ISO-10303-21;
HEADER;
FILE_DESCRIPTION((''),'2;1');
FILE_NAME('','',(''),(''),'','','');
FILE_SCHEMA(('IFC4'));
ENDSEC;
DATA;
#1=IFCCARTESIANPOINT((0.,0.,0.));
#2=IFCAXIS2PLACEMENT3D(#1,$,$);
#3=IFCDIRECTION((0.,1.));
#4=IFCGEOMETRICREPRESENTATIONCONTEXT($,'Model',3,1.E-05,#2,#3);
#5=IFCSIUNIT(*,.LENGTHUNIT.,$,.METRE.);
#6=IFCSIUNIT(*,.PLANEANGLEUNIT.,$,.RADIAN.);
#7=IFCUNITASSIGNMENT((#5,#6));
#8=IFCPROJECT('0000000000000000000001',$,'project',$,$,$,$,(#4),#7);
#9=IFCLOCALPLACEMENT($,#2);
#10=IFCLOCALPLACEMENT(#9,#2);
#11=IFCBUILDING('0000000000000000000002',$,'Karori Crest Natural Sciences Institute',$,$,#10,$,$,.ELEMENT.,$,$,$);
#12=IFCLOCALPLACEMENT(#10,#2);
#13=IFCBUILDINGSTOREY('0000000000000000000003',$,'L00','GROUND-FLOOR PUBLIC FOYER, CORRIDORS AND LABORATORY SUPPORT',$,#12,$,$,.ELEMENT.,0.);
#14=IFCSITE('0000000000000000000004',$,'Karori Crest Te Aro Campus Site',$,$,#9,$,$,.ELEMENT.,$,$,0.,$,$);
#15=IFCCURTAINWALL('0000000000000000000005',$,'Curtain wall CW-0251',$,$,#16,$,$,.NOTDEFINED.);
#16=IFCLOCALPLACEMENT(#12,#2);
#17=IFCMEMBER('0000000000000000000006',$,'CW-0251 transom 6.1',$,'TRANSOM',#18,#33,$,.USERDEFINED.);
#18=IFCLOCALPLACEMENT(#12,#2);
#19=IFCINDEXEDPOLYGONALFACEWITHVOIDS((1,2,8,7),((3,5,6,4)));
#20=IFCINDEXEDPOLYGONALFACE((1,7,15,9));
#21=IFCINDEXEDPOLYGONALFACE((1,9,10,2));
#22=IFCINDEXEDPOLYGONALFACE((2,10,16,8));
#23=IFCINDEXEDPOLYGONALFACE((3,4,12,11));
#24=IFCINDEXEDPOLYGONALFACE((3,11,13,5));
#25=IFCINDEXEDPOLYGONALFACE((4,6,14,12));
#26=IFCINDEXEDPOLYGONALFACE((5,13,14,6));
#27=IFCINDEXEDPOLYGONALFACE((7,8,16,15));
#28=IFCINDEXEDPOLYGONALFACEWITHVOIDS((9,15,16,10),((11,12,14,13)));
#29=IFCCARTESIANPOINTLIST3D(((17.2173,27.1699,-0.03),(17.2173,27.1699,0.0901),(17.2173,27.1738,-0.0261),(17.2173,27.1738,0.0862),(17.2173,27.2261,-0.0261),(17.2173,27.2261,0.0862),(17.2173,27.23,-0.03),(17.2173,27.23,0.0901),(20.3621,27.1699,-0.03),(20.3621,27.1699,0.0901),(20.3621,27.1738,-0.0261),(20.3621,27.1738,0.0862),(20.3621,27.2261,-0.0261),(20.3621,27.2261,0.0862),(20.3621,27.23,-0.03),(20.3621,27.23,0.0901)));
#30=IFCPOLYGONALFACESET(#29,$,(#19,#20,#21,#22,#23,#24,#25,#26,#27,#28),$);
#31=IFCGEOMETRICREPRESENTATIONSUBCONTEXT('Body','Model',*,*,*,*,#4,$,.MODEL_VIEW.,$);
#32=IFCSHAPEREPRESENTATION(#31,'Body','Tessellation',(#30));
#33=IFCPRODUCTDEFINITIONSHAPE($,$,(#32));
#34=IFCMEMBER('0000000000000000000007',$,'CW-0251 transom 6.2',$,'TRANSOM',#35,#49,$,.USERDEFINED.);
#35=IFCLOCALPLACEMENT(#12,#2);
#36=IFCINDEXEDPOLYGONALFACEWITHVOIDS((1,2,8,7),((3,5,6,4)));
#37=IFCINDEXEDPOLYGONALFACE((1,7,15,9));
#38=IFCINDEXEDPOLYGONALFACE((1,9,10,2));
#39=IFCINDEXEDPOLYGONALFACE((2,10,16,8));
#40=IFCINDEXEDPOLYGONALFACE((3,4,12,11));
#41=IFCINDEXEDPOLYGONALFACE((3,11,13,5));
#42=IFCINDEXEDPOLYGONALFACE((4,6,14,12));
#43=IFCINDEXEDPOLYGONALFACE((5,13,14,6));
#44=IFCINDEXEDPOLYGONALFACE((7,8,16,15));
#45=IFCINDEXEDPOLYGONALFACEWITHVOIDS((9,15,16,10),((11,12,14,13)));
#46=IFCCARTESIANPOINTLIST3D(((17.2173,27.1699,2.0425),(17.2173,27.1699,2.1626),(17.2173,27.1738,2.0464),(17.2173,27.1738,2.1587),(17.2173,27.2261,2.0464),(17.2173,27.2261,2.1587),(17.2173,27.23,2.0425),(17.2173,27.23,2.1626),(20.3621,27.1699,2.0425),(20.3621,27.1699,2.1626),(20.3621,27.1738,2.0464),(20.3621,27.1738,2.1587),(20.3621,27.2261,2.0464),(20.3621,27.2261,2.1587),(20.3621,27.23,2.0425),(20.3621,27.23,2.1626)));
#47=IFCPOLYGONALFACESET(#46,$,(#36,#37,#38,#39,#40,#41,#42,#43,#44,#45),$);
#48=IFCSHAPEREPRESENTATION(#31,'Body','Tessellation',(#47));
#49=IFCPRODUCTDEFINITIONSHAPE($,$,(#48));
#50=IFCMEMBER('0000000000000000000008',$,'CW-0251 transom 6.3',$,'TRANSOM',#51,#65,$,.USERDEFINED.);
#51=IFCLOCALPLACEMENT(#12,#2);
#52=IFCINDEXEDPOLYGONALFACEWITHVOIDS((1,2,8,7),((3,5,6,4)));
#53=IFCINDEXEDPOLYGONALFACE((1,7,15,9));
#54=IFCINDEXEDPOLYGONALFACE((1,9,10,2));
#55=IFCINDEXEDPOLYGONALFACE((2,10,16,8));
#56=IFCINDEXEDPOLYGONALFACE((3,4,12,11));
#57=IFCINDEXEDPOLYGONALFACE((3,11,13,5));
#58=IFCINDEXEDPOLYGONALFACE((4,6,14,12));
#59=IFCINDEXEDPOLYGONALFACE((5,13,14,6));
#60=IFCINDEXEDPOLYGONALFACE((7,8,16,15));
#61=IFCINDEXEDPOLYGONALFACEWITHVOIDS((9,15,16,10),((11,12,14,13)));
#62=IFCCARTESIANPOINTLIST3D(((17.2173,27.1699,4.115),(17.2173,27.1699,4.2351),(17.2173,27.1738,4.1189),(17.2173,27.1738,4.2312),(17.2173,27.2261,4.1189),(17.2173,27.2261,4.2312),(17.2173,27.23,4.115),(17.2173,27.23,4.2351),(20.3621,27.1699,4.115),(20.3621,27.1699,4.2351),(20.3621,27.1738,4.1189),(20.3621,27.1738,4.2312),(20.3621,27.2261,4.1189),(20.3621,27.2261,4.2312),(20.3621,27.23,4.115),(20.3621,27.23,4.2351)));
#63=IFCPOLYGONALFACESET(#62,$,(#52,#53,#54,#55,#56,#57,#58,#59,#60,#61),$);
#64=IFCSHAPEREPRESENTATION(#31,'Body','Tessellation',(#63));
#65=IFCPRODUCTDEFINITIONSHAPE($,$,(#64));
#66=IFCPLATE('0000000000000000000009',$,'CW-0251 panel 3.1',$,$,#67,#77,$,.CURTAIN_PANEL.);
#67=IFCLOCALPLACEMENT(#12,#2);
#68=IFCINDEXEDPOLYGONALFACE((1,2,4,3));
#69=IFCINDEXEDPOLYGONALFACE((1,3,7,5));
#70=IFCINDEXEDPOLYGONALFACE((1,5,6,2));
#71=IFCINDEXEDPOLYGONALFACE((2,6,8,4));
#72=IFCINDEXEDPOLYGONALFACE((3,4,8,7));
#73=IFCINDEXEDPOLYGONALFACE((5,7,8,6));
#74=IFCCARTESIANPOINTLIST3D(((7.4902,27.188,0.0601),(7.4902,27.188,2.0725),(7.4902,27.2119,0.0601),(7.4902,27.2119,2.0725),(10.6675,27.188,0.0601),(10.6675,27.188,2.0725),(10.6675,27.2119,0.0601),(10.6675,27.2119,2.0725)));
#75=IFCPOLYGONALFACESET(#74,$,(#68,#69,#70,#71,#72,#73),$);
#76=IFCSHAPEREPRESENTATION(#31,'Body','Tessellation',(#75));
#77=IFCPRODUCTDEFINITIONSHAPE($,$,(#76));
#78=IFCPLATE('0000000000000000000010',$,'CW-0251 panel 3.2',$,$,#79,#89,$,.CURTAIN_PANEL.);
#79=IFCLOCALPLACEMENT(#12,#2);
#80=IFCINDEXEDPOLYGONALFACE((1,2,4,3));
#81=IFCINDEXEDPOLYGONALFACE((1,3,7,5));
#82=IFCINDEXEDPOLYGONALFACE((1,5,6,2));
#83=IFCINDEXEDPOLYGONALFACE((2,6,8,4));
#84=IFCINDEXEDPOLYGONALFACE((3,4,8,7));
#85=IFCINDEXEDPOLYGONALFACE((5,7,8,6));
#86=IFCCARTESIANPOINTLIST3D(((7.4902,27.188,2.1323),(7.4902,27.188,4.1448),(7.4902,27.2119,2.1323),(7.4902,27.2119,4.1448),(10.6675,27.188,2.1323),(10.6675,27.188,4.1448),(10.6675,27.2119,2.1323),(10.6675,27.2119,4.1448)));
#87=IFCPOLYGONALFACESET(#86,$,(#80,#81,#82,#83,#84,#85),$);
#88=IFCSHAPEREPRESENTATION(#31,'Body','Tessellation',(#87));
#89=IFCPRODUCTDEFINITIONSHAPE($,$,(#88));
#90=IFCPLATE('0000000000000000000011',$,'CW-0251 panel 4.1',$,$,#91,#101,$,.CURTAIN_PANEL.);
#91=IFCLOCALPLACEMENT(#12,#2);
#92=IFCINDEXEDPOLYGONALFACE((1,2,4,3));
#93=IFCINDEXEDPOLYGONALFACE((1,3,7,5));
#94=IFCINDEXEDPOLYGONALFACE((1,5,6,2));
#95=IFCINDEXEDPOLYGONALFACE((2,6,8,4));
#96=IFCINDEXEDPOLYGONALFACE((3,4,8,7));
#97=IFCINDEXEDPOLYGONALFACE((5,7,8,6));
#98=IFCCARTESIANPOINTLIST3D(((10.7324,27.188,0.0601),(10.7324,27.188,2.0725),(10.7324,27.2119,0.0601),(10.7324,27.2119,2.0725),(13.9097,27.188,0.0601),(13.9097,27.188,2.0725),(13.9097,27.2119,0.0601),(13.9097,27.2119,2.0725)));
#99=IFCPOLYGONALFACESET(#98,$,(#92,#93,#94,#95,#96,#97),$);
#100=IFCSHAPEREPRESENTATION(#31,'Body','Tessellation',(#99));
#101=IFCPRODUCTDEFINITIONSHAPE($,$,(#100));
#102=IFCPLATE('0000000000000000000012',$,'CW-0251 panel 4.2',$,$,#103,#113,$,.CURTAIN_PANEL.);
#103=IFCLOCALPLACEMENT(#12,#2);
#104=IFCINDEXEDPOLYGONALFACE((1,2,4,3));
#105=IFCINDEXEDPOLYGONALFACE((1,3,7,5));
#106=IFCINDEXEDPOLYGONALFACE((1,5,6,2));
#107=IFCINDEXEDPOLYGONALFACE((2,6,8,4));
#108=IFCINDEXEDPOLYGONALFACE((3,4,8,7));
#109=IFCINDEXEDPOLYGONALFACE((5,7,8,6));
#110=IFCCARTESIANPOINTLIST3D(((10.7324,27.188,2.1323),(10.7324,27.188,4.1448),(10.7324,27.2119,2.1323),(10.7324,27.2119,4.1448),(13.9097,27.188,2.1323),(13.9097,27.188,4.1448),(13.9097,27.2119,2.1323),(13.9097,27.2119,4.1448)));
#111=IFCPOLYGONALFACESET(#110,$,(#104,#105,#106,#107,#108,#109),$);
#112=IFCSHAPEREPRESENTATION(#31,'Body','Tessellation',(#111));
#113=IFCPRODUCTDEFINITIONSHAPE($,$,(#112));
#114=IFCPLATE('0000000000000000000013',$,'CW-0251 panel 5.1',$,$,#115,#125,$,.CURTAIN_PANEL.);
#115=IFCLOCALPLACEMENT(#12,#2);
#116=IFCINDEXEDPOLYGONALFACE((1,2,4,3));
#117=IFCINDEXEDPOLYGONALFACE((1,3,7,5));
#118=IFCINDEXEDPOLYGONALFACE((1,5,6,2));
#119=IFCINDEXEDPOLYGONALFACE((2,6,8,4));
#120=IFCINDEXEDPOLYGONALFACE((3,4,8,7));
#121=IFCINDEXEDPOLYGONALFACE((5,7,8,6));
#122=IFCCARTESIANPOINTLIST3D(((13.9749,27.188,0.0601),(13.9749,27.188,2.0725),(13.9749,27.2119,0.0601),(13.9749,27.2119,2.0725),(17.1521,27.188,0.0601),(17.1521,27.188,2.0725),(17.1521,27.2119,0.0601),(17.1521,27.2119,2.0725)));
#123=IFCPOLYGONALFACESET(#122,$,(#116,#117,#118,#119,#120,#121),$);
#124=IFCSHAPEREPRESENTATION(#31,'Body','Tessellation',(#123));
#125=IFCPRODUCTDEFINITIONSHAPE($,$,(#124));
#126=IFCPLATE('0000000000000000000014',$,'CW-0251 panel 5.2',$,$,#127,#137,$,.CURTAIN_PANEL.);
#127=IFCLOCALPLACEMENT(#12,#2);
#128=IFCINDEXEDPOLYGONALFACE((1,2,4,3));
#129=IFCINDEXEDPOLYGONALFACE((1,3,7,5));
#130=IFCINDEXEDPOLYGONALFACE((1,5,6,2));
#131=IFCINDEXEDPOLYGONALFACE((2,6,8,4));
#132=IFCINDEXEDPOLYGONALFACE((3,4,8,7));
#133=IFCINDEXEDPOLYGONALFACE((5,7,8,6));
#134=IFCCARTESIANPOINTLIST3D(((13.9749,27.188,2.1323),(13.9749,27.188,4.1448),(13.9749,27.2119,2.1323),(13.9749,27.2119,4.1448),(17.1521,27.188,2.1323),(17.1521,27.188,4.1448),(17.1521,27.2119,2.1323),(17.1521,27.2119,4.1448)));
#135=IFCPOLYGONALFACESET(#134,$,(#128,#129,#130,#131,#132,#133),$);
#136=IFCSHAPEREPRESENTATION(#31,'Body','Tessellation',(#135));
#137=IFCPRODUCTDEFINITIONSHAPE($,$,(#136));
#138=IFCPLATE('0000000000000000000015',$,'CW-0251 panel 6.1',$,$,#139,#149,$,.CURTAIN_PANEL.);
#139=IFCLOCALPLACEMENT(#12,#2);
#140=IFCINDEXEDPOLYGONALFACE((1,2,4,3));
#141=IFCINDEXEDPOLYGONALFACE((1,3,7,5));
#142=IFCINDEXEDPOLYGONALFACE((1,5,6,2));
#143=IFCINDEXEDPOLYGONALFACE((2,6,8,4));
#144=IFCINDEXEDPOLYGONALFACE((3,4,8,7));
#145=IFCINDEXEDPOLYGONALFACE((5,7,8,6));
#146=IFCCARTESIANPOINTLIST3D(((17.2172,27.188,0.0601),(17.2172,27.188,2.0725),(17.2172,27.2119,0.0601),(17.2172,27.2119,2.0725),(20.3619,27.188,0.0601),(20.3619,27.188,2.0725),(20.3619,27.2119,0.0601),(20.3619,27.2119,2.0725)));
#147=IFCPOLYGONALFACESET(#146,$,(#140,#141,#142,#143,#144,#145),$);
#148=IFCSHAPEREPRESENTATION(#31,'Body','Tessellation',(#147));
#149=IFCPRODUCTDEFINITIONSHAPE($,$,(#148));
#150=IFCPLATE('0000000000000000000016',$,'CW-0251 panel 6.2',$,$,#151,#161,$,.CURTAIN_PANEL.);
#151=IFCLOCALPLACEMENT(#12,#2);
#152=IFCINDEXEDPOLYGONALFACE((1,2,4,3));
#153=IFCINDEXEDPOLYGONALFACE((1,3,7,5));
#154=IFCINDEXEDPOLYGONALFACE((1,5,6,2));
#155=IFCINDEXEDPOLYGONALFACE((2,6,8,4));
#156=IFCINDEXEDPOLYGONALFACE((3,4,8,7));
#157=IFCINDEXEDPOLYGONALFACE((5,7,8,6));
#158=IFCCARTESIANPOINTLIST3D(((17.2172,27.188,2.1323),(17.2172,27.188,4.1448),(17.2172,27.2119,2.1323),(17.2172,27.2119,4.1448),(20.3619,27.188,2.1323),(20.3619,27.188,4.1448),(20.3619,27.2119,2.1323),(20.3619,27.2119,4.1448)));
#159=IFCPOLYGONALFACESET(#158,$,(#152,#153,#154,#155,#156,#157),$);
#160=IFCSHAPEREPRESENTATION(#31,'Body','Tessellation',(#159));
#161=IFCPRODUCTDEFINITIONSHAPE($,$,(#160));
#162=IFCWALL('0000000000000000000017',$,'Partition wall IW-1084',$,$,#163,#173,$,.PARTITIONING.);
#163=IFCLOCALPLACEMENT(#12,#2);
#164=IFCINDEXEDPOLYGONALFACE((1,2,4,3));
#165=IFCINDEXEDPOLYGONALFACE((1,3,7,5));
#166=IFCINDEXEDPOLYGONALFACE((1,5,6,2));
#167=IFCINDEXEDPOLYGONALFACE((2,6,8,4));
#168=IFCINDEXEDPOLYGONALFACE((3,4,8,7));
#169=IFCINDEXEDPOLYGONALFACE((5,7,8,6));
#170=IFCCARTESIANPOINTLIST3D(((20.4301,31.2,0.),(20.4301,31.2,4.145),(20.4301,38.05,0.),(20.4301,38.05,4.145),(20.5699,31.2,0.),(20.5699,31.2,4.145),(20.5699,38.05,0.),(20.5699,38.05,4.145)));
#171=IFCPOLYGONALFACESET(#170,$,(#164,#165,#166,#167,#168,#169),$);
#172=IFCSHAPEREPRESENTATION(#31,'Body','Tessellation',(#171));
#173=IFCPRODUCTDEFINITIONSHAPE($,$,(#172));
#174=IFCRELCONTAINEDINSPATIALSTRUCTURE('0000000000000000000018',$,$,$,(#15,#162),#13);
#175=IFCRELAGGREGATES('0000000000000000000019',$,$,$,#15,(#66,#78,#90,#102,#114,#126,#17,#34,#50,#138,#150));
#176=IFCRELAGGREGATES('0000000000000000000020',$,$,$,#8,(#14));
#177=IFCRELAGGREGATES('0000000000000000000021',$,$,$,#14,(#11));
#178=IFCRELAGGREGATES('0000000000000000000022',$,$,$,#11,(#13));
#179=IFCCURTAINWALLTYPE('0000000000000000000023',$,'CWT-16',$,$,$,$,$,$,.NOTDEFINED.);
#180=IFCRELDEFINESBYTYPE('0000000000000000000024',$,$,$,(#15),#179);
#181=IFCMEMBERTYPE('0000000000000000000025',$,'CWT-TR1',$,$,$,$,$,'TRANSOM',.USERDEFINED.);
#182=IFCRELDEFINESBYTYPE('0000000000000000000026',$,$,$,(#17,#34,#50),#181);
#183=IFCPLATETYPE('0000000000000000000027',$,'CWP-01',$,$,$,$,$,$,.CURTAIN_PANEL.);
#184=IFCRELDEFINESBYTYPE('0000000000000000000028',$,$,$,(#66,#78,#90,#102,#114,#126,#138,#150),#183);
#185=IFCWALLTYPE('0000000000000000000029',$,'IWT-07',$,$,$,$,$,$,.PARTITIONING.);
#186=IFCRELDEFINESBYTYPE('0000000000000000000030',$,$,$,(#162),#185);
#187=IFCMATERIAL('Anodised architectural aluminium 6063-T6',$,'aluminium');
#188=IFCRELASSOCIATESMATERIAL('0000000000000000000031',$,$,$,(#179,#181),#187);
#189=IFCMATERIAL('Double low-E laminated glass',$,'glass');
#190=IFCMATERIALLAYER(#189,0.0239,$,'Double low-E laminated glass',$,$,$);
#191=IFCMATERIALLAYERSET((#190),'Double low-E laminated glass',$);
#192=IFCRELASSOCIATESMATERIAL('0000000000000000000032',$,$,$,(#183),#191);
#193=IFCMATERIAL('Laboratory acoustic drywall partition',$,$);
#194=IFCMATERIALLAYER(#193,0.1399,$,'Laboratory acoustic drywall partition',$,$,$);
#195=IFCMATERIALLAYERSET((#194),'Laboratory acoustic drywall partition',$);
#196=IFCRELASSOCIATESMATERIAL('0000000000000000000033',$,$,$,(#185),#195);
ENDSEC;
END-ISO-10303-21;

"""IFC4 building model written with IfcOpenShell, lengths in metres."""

from ifc_helpers import new_model, si_unit, direction, frame, frame_2d, origin, origin_2d, place, context, subcontext, project, spatial, rectangle, hollow_rectangle, extrude, material, layer, layer_set, material_profile, profile_set, type_object, element, aggregate, save


model = new_model("IFC4")

# Units and contexts
model_context = context("Model", 3, precision=1e-05, world=origin(), true_north=direction((0.0, 1.0)))
body_context = subcontext(model_context, "Body", "Model", "MODEL_VIEW")
ifc_project = project(units=[si_unit("LENGTHUNIT", "METRE"), si_unit("PLANEANGLEUNIT", "RADIAN")], contexts=[model_context])

# Site, building, storey
site_placement = place(None, origin())
site = spatial("IfcSite", under=ifc_project, at=site_placement, Name="Karori Crest Te Aro Campus Site", CompositionType="ELEMENT", RefElevation=0.0)
building_placement = place(site_placement, origin())
building = spatial("IfcBuilding", under=site, at=building_placement, Name="Karori Crest Natural Sciences Institute", CompositionType="ELEMENT")
storey_placement = place(building_placement, origin())
storey = spatial("IfcBuildingStorey", under=building, at=storey_placement, Name="L00", Description="GROUND-FLOOR PUBLIC FOYER, CORRIDORS AND LABORATORY SUPPORT", CompositionType="ELEMENT", Elevation=0.0)

# Curtain wall, members, plates
ifc_material_1 = material(Name="Anodised architectural aluminium 6063-T6", Category="aluminium")
curtain_wall_type = type_object("IfcCurtainWallType", Name="CWT-16", PredefinedType="NOTDEFINED", material=ifc_material_1)
curtain_wall_placement = place(storey_placement, origin())
curtain_wall = element("IfcCurtainWall", 1, at=curtain_wall_placement, inside=storey, type_object=curtain_wall_type, Name="Curtain wall CW-0251", PredefinedType="NOTDEFINED")
ifc_material_profile_1 = material_profile(ifc_material_1, hollow_rectangle(XDim=0.0601, YDim=0.1201, WallThickness=0.0039, at=origin_2d()), Name="CWT120x60x4")
ifc_profile_set_1 = profile_set([ifc_material_profile_1], Name="Anodised architectural aluminium 6063-T6")
member_type_1 = type_object("IfcMemberType", Name="CWT-TR1", ElementType="TRANSOM", PredefinedType="USERDEFINED", material=ifc_profile_set_1)
member_1_placement = place(storey_placement, frame((17.2173, 27.2, 0.03), z_axis=(1.0, 0.0, 0.0), x_axis=(0.0, 1.0, 0.0)))
member_1 = element("IfcMember", 2, at=member_1_placement, type_object=member_type_1, Name="CW-0251 transom 6.1", ObjectType="TRANSOM", PredefinedType="USERDEFINED", context=body_context, shape_type="SweptSolid", body=[
    extrude(hollow_rectangle(XDim=0.0601, YDim=0.1201, WallThickness=0.0039, at=origin_2d()), origin(), (0.0, 0.0, 1.0), 3.1448),
])
member_2_placement = place(storey_placement, frame((17.2173, 27.2, 2.1025), z_axis=(1.0, 0.0, 0.0), x_axis=(0.0, 1.0, 0.0)))
member_2 = element("IfcMember", 3, at=member_2_placement, type_object=member_type_1, Name="CW-0251 transom 6.2", ObjectType="TRANSOM", PredefinedType="USERDEFINED", context=body_context, shape_type="SweptSolid", body=[
    extrude(hollow_rectangle(XDim=0.0601, YDim=0.1201, WallThickness=0.0039, at=origin_2d()), origin(), (0.0, 0.0, 1.0), 3.1448),
])
member_3_placement = place(storey_placement, frame((17.2173, 27.2, 4.175), z_axis=(1.0, 0.0, 0.0), x_axis=(0.0, 1.0, 0.0)))
member_3 = element("IfcMember", 4, at=member_3_placement, type_object=member_type_1, Name="CW-0251 transom 6.3", ObjectType="TRANSOM", PredefinedType="USERDEFINED", context=body_context, shape_type="SweptSolid", body=[
    extrude(hollow_rectangle(XDim=0.0601, YDim=0.1201, WallThickness=0.0039, at=origin_2d()), origin(), (0.0, 0.0, 1.0), 3.1448),
])
ifc_material_2 = material(Name="Double low-E laminated glass", Category="glass")
ifc_layer_1 = layer(ifc_material_2, 0.0239, Name="Double low-E laminated glass")
ifc_layer_set_1 = layer_set([ifc_layer_1], Name="Double low-E laminated glass")
plate_type = type_object("IfcPlateType", Name="CWP-01", PredefinedType="CURTAIN_PANEL", material=ifc_layer_set_1)
plate_1_placement = place(storey_placement, frame((9.0789, 27.2, 0.0601), z_axis=(0.0, 0.0, 1.0), x_axis=(1.0, 0.0, 0.0)))
plate_1 = element("IfcPlate", 5, at=plate_1_placement, type_object=plate_type, Name="CW-0251 panel 3.1", PredefinedType="CURTAIN_PANEL", context=body_context, shape_type="SweptSolid", body=[
    extrude(rectangle(XDim=3.1772, YDim=0.0239, at=origin_2d()), origin(), (0.0, 0.0, 1.0), 2.0125),
])
plate_2_placement = place(storey_placement, frame((9.0789, 27.2, 2.1323), z_axis=(0.0, 0.0, 1.0), x_axis=(1.0, 0.0, 0.0)))
plate_2 = element("IfcPlate", 6, at=plate_2_placement, type_object=plate_type, Name="CW-0251 panel 3.2", PredefinedType="CURTAIN_PANEL", context=body_context, shape_type="SweptSolid", body=[
    extrude(rectangle(XDim=3.1772, YDim=0.0239, at=origin_2d()), origin(), (0.0, 0.0, 1.0), 2.0125),
])
plate_3_placement = place(storey_placement, frame((12.321, 27.2, 0.0601), z_axis=(0.0, 0.0, 1.0), x_axis=(1.0, 0.0, 0.0)))
plate_3 = element("IfcPlate", 7, at=plate_3_placement, type_object=plate_type, Name="CW-0251 panel 4.1", PredefinedType="CURTAIN_PANEL", context=body_context, shape_type="SweptSolid", body=[
    extrude(rectangle(XDim=3.1772, YDim=0.0239, at=origin_2d()), origin(), (0.0, 0.0, 1.0), 2.0125),
])
plate_4_placement = place(storey_placement, frame((12.321, 27.2, 2.1323), z_axis=(0.0, 0.0, 1.0), x_axis=(1.0, 0.0, 0.0)))
plate_4 = element("IfcPlate", 8, at=plate_4_placement, type_object=plate_type, Name="CW-0251 panel 4.2", PredefinedType="CURTAIN_PANEL", context=body_context, shape_type="SweptSolid", body=[
    extrude(rectangle(XDim=3.1772, YDim=0.0239, at=origin_2d()), origin(), (0.0, 0.0, 1.0), 2.0125),
])
plate_5_placement = place(storey_placement, frame((15.5635, 27.2, 0.0601), z_axis=(0.0, 0.0, 1.0), x_axis=(1.0, 0.0, 0.0)))
plate_5 = element("IfcPlate", 9, at=plate_5_placement, type_object=plate_type, Name="CW-0251 panel 5.1", PredefinedType="CURTAIN_PANEL", context=body_context, shape_type="SweptSolid", body=[
    extrude(rectangle(XDim=3.1772, YDim=0.0239, at=origin_2d()), origin(), (0.0, 0.0, 1.0), 2.0125),
])
plate_6_placement = place(storey_placement, frame((15.5635, 27.2, 2.1323), z_axis=(0.0, 0.0, 1.0), x_axis=(1.0, 0.0, 0.0)))
plate_6 = element("IfcPlate", 10, at=plate_6_placement, type_object=plate_type, Name="CW-0251 panel 5.2", PredefinedType="CURTAIN_PANEL", context=body_context, shape_type="SweptSolid", body=[
    extrude(rectangle(XDim=3.1772, YDim=0.0239, at=origin_2d()), origin(), (0.0, 0.0, 1.0), 2.0125),
])
plate_7_placement = place(storey_placement, frame((18.7896, 27.2, 0.0601), z_axis=(0.0, 0.0, 1.0), x_axis=(1.0, 0.0, 0.0)))
plate_7 = element("IfcPlate", 11, at=plate_7_placement, type_object=plate_type, Name="CW-0251 panel 6.1", PredefinedType="CURTAIN_PANEL", context=body_context, shape_type="SweptSolid", body=[
    extrude(rectangle(XDim=3.1448, YDim=0.0239, at=origin_2d()), origin(), (0.0, 0.0, 1.0), 2.0125),
])
plate_8_placement = place(storey_placement, frame((18.7896, 27.2, 2.1323), z_axis=(0.0, 0.0, 1.0), x_axis=(1.0, 0.0, 0.0)))
plate_8 = element("IfcPlate", 12, at=plate_8_placement, type_object=plate_type, Name="CW-0251 panel 6.2", PredefinedType="CURTAIN_PANEL", context=body_context, shape_type="SweptSolid", body=[
    extrude(rectangle(XDim=3.1448, YDim=0.0239, at=origin_2d()), origin(), (0.0, 0.0, 1.0), 2.0125),
])
aggregate(curtain_wall, [plate_1, plate_2, plate_3, plate_4, plate_5, plate_6, member_1, member_2, member_3, plate_7, plate_8])

# Wall
ifc_material_3 = material(Name="Laboratory acoustic drywall partition")
ifc_layer_2 = layer(ifc_material_3, 0.1399, Name="Laboratory acoustic drywall partition")
ifc_layer_set_2 = layer_set([ifc_layer_2], Name="Laboratory acoustic drywall partition")
wall_type = type_object("IfcWallType", Name="IWT-07", PredefinedType="PARTITIONING", material=ifc_layer_set_2)
wall_placement = place(storey_placement, frame((20.5, 31.2, 0.0), z_axis=(0.0, 0.0, 1.0), x_axis=(0.0, 1.0, 0.0)))
element("IfcWall", 13, at=wall_placement, inside=storey, type_object=wall_type, Name="Partition wall IW-1084", PredefinedType="PARTITIONING", context=body_context, shape_type="SweptSolid", body=[
    extrude(rectangle(XDim=6.8501, YDim=0.1399, at=frame_2d((3.425, 0.0))), origin(), (0.0, 0.0, 1.0), 4.145),
])

save(model, "model.ifc")
